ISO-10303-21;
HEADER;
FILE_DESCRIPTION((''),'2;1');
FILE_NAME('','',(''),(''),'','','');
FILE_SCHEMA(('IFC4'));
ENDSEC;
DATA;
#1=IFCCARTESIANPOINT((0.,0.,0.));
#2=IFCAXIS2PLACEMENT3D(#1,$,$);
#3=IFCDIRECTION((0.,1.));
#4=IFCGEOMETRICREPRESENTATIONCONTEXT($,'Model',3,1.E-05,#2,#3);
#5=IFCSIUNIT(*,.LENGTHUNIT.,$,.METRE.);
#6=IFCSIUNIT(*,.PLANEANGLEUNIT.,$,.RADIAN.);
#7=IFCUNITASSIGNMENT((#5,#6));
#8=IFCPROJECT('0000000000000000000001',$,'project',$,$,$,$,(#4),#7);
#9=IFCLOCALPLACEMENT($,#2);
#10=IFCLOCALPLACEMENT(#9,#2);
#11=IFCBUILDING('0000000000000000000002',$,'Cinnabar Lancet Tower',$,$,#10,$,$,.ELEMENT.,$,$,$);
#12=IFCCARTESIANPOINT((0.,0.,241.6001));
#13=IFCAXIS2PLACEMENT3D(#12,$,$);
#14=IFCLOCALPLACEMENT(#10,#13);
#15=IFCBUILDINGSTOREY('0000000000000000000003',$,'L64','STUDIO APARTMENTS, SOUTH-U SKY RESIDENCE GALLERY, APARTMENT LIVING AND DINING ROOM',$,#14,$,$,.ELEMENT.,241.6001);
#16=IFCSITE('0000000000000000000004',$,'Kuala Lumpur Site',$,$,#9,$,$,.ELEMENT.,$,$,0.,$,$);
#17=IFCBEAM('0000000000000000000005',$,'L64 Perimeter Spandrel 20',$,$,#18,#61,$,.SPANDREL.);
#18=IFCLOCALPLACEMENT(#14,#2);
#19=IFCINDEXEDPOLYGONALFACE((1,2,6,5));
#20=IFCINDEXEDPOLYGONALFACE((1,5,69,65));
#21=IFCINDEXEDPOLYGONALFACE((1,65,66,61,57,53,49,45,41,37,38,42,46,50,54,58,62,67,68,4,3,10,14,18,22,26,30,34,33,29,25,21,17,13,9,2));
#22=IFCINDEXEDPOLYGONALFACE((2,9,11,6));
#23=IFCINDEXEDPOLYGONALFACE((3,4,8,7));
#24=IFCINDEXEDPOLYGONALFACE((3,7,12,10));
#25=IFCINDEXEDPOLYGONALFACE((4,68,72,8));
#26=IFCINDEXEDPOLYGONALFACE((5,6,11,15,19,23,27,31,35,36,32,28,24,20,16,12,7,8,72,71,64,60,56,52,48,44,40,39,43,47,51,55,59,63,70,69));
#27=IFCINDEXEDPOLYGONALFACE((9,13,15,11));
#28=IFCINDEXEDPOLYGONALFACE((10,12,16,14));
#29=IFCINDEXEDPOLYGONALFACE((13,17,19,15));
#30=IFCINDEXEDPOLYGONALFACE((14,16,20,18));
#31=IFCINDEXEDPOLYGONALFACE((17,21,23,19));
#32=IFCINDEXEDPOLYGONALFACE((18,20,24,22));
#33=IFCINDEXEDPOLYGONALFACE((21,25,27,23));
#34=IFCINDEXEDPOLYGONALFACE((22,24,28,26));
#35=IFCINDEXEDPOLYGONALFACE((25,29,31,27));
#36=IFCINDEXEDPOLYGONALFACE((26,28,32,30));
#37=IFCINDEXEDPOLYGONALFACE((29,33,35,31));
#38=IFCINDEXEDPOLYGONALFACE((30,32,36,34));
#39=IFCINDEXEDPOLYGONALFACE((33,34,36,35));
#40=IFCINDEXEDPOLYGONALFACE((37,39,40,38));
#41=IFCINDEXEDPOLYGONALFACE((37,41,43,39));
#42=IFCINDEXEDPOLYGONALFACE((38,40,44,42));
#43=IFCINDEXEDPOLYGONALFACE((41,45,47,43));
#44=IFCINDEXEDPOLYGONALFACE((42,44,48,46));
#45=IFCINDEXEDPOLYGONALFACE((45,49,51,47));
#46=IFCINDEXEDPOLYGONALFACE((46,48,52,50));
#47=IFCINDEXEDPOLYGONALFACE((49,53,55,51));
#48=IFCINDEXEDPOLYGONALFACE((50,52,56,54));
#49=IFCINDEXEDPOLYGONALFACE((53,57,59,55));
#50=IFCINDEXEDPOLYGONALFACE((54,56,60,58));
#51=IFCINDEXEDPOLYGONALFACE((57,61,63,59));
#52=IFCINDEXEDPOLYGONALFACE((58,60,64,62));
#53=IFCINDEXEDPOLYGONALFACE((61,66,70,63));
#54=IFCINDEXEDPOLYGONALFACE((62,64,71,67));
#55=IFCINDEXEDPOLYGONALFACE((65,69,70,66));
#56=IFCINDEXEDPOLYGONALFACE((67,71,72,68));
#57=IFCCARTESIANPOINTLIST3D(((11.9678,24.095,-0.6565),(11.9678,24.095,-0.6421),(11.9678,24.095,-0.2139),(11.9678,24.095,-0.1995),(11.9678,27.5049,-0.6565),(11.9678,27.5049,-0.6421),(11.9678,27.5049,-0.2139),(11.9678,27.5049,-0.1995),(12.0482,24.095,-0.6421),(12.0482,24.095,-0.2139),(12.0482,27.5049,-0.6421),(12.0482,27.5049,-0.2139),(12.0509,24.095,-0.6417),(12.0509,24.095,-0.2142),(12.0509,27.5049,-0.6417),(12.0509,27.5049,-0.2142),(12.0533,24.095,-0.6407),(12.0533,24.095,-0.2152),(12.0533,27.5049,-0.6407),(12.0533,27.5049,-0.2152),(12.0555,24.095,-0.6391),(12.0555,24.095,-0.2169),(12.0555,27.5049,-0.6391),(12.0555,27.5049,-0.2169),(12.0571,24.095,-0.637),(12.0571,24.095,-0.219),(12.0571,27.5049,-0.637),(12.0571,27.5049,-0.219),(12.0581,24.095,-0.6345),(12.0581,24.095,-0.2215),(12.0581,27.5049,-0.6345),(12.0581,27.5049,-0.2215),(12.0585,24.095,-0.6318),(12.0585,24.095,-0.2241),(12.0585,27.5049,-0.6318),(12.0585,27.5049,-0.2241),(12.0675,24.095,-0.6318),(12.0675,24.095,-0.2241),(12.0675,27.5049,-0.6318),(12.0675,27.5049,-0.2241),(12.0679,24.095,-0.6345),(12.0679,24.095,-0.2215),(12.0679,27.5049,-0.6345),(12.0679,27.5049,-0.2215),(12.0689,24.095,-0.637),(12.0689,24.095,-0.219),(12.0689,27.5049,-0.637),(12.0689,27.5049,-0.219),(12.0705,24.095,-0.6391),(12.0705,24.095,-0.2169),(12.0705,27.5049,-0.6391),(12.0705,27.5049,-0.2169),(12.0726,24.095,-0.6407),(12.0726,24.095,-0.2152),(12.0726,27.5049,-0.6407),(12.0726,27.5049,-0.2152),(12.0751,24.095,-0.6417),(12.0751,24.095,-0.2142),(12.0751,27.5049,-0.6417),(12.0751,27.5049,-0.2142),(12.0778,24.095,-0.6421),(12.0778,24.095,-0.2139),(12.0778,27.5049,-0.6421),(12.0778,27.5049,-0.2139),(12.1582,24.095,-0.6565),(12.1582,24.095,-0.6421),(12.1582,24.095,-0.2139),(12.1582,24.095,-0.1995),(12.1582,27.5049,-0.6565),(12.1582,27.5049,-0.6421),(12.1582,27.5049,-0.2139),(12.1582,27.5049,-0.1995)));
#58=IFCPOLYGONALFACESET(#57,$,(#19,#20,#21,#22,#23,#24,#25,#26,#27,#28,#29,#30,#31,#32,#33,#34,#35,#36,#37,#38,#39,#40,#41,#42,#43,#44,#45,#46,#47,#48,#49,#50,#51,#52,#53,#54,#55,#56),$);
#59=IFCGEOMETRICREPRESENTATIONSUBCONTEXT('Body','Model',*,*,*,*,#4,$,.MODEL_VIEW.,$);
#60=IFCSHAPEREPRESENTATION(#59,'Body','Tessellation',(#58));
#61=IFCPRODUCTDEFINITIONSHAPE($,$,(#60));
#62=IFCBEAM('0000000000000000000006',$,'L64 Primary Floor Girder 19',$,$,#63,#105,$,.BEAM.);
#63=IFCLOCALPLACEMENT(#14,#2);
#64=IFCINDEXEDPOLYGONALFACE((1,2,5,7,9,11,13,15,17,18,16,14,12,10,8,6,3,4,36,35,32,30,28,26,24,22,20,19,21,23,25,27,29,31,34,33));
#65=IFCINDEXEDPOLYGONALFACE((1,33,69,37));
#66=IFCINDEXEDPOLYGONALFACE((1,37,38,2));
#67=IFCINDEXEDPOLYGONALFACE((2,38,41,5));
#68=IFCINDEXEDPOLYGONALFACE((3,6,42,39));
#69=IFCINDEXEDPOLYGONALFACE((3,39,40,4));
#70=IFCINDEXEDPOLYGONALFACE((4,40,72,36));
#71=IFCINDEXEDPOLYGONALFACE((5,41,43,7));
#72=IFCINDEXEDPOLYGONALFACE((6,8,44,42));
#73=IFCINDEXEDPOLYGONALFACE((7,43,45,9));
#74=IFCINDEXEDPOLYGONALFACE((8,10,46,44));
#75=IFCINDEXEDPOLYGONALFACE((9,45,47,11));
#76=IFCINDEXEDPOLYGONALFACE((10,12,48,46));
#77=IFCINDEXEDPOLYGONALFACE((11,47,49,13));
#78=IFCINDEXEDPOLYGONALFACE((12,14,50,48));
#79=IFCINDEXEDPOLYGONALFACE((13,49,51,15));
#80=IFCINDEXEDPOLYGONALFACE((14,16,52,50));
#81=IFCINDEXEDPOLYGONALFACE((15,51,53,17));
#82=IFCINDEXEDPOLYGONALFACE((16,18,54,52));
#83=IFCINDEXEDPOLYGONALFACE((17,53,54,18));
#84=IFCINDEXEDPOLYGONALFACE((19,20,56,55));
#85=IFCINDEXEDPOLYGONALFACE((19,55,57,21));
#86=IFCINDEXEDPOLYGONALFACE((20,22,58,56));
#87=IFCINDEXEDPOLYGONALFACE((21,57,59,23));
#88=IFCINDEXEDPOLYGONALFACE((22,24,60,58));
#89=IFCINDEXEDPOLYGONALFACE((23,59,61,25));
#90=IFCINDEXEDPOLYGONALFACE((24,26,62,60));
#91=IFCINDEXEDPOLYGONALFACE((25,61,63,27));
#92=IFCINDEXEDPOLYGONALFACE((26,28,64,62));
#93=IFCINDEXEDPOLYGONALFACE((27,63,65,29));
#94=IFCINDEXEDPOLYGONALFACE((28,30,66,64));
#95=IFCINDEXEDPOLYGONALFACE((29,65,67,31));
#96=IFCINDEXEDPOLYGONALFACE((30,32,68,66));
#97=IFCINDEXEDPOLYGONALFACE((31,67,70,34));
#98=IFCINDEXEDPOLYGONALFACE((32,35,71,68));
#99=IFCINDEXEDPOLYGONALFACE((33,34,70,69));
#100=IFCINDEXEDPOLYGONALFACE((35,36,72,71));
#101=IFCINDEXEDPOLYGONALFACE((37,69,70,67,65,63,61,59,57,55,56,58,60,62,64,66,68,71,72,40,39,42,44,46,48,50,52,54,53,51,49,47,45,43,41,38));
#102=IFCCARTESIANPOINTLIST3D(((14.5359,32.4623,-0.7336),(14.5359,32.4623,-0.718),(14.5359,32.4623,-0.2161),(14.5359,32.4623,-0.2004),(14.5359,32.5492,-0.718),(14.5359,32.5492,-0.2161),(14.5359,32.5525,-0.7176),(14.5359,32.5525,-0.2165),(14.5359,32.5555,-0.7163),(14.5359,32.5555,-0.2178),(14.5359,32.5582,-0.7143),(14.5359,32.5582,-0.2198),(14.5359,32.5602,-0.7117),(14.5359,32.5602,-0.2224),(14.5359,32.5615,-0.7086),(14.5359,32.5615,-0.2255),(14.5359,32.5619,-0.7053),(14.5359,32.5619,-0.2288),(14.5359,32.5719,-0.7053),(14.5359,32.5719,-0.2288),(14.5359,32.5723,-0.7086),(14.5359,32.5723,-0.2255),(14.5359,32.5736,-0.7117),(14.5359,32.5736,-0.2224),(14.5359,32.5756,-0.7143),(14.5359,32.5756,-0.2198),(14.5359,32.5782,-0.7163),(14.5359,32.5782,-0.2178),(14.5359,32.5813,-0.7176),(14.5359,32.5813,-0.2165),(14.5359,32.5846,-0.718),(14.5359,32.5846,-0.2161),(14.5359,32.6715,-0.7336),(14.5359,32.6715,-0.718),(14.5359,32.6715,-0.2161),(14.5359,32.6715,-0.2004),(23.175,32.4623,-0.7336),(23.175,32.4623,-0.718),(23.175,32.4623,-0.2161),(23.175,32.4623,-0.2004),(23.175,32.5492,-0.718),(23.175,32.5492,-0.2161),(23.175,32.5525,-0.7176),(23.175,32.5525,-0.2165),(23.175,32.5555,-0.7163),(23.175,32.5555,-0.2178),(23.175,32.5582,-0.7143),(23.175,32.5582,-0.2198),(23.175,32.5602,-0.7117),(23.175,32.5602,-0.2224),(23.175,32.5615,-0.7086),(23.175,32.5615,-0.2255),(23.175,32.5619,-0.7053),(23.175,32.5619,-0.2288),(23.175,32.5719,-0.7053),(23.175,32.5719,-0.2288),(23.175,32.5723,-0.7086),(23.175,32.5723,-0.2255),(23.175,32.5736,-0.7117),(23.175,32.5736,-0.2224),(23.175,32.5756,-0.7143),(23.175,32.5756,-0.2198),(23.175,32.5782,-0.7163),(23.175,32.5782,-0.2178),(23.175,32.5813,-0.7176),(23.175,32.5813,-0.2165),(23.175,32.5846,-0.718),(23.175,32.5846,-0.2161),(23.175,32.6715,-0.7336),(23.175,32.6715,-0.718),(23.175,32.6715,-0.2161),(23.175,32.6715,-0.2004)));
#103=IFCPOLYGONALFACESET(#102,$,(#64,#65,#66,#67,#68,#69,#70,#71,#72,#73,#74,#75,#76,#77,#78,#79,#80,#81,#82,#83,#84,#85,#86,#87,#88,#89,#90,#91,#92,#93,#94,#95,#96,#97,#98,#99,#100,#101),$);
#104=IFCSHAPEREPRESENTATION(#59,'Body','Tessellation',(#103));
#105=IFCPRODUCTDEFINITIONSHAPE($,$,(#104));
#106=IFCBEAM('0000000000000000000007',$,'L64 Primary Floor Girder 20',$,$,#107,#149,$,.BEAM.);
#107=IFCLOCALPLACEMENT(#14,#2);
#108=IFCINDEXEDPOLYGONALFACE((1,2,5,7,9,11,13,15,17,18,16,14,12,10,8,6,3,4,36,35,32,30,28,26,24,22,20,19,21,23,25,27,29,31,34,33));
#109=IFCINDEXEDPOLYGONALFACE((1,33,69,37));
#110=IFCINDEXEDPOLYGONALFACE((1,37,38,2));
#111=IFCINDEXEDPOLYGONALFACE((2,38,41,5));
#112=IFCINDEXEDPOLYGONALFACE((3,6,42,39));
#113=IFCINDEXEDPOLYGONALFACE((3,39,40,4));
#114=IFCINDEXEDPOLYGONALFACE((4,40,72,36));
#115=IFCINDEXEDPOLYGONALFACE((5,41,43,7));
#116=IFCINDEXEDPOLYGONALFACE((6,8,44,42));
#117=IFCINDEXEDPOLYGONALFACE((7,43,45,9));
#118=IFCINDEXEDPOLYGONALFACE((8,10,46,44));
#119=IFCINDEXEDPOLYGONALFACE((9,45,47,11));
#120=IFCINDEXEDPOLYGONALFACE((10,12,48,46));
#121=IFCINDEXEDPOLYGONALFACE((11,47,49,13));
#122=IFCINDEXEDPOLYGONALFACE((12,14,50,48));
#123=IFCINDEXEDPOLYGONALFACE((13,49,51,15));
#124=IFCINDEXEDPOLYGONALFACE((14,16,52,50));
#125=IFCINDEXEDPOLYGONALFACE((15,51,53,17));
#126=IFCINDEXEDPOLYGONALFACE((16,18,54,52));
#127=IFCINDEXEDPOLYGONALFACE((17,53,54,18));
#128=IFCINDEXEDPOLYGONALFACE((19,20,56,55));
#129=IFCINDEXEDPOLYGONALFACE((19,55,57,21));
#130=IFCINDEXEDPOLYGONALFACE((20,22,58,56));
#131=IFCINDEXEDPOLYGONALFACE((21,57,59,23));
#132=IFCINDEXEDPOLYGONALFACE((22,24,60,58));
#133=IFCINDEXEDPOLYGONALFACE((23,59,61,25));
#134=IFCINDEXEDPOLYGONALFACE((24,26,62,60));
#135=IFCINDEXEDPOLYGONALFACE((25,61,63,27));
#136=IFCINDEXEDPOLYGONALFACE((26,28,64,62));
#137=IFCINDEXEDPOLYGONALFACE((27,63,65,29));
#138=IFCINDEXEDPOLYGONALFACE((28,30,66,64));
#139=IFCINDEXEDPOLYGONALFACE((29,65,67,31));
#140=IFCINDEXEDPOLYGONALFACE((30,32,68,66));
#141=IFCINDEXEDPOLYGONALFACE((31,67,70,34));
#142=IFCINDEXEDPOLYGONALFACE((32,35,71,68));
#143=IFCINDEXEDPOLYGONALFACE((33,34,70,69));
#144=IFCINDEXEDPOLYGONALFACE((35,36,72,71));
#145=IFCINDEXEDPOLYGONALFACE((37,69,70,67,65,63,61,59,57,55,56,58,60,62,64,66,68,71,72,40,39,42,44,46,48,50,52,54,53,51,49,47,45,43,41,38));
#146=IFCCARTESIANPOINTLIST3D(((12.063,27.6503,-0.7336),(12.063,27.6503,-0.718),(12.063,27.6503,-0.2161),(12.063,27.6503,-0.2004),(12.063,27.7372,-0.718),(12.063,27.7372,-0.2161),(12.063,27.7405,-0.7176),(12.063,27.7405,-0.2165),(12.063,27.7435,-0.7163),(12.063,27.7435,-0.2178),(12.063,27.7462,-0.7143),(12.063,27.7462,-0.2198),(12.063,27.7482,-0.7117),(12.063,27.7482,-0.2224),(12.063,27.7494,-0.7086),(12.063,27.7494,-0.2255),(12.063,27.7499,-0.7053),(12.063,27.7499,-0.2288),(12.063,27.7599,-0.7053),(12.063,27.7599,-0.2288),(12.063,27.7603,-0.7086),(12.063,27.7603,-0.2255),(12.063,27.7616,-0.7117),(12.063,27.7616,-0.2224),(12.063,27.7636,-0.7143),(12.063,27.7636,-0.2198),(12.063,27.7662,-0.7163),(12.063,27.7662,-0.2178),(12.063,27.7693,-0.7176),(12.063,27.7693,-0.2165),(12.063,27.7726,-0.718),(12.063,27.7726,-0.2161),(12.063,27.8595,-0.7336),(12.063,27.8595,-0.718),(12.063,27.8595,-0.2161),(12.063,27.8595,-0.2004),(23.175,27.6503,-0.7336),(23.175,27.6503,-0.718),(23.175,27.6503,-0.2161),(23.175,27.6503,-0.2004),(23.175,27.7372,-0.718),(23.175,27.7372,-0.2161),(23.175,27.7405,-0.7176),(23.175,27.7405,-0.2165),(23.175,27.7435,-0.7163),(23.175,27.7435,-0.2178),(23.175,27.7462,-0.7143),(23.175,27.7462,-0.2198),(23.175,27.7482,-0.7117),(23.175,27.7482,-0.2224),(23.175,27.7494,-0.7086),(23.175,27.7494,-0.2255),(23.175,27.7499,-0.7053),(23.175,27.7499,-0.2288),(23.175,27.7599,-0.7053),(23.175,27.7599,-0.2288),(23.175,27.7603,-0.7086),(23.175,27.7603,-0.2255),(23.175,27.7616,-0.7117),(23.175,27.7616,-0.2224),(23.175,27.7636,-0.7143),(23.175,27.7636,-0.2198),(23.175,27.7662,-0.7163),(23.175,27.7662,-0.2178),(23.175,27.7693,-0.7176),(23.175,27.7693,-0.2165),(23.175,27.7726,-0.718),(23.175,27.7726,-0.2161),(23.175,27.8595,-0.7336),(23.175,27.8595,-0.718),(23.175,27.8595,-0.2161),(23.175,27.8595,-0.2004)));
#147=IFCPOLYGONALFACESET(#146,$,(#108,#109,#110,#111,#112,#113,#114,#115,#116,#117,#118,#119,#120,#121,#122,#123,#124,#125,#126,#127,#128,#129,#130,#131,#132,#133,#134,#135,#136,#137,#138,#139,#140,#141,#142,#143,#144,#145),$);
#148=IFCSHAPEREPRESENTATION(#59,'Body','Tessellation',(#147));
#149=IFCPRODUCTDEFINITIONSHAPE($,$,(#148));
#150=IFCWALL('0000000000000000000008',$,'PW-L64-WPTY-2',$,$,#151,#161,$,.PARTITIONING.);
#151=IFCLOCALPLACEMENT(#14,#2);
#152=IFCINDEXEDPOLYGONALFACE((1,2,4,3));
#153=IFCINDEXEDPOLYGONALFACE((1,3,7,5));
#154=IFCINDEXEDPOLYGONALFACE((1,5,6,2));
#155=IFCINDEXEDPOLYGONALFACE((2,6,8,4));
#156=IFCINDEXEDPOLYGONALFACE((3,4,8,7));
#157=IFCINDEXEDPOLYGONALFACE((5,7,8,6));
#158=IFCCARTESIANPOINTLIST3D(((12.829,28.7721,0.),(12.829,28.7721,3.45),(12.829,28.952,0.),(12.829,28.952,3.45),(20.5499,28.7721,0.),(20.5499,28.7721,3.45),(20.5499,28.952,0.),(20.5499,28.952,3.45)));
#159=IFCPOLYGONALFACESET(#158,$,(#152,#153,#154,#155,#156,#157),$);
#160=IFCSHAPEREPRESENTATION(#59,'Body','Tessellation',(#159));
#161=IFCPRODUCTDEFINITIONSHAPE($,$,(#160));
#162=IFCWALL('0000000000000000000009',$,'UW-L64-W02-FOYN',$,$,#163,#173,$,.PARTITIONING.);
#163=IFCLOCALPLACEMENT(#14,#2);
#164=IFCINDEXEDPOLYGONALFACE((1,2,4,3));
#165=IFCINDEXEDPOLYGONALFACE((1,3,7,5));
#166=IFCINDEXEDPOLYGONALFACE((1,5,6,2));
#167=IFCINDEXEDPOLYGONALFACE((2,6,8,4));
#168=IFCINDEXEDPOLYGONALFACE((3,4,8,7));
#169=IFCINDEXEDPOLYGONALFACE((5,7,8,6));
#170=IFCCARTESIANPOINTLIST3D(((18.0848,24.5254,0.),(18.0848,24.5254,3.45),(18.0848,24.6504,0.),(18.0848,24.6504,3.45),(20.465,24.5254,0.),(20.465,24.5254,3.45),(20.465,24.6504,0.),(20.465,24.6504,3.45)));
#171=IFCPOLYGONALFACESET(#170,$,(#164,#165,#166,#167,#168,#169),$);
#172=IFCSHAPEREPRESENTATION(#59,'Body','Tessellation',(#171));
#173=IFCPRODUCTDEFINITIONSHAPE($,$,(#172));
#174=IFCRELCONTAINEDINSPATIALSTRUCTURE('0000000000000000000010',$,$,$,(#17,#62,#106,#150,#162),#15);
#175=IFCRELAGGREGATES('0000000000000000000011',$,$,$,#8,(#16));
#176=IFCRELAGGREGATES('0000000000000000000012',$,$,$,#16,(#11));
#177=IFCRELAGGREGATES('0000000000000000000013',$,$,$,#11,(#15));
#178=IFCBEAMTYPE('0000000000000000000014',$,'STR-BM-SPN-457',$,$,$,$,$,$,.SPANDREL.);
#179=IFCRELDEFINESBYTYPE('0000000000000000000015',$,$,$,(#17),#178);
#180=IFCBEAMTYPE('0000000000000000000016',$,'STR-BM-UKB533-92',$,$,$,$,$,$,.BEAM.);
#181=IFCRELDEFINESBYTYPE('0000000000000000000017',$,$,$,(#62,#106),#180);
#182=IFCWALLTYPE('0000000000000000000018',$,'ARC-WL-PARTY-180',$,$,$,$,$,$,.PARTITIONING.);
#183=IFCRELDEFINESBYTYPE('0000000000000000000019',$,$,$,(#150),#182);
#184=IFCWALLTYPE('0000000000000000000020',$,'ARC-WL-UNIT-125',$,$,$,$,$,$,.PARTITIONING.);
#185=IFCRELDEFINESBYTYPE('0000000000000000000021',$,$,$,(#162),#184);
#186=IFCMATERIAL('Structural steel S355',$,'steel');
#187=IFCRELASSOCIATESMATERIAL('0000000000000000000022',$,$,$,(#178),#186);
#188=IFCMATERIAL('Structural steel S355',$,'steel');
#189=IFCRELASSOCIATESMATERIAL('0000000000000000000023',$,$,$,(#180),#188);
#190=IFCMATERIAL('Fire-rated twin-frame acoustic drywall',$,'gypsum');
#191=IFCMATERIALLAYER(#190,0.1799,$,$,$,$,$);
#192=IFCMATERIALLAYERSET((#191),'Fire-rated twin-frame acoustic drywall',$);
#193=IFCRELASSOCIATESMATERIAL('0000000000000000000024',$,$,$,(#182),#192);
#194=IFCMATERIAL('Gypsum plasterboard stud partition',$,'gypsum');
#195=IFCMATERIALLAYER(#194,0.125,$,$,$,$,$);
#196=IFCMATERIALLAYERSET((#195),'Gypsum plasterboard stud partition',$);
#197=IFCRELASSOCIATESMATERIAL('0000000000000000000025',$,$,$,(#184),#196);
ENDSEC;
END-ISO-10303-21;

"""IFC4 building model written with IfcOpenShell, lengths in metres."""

from ifc_helpers import new_model, si_unit, direction, frame, frame_2d, origin, origin_2d, place, context, subcontext, project, spatial, rectangle, i_section, extrude, material, layer, layer_set, material_profile, profile_set, type_object, element, save


model = new_model("IFC4")

# Units and contexts
model_context = context("Model", 3, precision=1e-05, world=origin(), true_north=direction((0.0, 1.0)))
body_context = subcontext(model_context, "Body", "Model", "MODEL_VIEW")
ifc_project = project(units=[si_unit("LENGTHUNIT", "METRE"), si_unit("PLANEANGLEUNIT", "RADIAN")], contexts=[model_context])

# Site, building, storey
site_placement = place(None, origin())
site = spatial("IfcSite", under=ifc_project, at=site_placement, Name="Kuala Lumpur Site", CompositionType="ELEMENT", RefElevation=0.0)
building_placement = place(site_placement, origin())
building = spatial("IfcBuilding", under=site, at=building_placement, Name="Cinnabar Lancet Tower", CompositionType="ELEMENT")
storey_placement = place(building_placement, frame((0.0, 0.0, 241.6001)))
storey = spatial("IfcBuildingStorey", under=building, at=storey_placement, Name="L64", Description="STUDIO APARTMENTS, SOUTH-U SKY RESIDENCE GALLERY, APARTMENT LIVING AND DINING ROOM", CompositionType="ELEMENT", Elevation=241.6001)

# Beams
ifc_material_1 = material(Name="Structural steel S355", Category="steel")
ifc_material_profile_1 = material_profile(ifc_material_1, i_section(OverallWidth=0.1904, OverallDepth=0.457, WebThickness=0.009, FlangeThickness=0.0144, FilletRadius=0.0103, at=origin_2d()), Name="UKB 457x191x74")
ifc_profile_set_1 = profile_set([ifc_material_profile_1], Name="Structural steel S355")
beam_type_1 = type_object("IfcBeamType", Name="STR-BM-SPN-457", PredefinedType="SPANDREL", material=ifc_profile_set_1)
beam_1_placement = place(storey_placement, frame((12.063, 27.5049, -0.428), z_axis=(0.0, -1.0, 0.0), x_axis=(1.0, 0.0, 0.0)))
element("IfcBeam", 1, at=beam_1_placement, inside=storey, type_object=beam_type_1, Name="L64 Perimeter Spandrel 20", PredefinedType="SPANDREL", context=body_context, shape_type="SweptSolid", body=[
    extrude(i_section(OverallWidth=0.1904, OverallDepth=0.457, WebThickness=0.009, FlangeThickness=0.0144, FilletRadius=0.0103, at=origin_2d()), origin(), (0.0, 0.0, 1.0), 3.4099),
])
ifc_material_2 = material(Name="Structural steel S355", Category="steel")
ifc_material_profile_2 = material_profile(ifc_material_2, i_section(OverallWidth=0.2092, OverallDepth=0.5332, WebThickness=0.01, FlangeThickness=0.0156, FilletRadius=0.0127, at=origin_2d()), Name="UKB 533x210x92")
ifc_profile_set_2 = profile_set([ifc_material_profile_2], Name="Structural steel S355")
beam_type_2 = type_object("IfcBeamType", Name="STR-BM-UKB533-92", PredefinedType="BEAM", material=ifc_profile_set_2)
beam_2_placement = place(storey_placement, frame((14.5359, 32.5669, -0.467), z_axis=(1.0, 0.0, 0.0), x_axis=(0.0, 1.0, 0.0)))
element("IfcBeam", 2, at=beam_2_placement, inside=storey, type_object=beam_type_2, Name="L64 Primary Floor Girder 19", PredefinedType="BEAM", context=body_context, shape_type="SweptSolid", body=[
    extrude(i_section(OverallWidth=0.2092, OverallDepth=0.5332, WebThickness=0.01, FlangeThickness=0.0156, FilletRadius=0.0127, at=origin_2d()), origin(), (0.0, 0.0, 1.0), 8.6392),
])
beam_3_placement = place(storey_placement, frame((12.063, 27.7549, -0.467), z_axis=(1.0, 0.0, 0.0), x_axis=(0.0, 1.0, 0.0)))
element("IfcBeam", 3, at=beam_3_placement, inside=storey, type_object=beam_type_2, Name="L64 Primary Floor Girder 20", PredefinedType="BEAM", context=body_context, shape_type="SweptSolid", body=[
    extrude(i_section(OverallWidth=0.2092, OverallDepth=0.5332, WebThickness=0.01, FlangeThickness=0.0156, FilletRadius=0.0127, at=origin_2d()), origin(), (0.0, 0.0, 1.0), 11.1121),
])

# Walls
ifc_material_3 = material(Name="Fire-rated twin-frame acoustic drywall", Category="gypsum")
ifc_layer_1 = layer(ifc_material_3, 0.1799)
ifc_layer_set_1 = layer_set([ifc_layer_1], Name="Fire-rated twin-frame acoustic drywall")
wall_type_1 = type_object("IfcWallType", Name="ARC-WL-PARTY-180", PredefinedType="PARTITIONING", material=ifc_layer_set_1)
wall_1_placement = place(storey_placement, frame((12.8291, 28.8621, 0.0), z_axis=(0.0, 0.0, 1.0), x_axis=(1.0, 0.0, 0.0)))
element("IfcWall", 4, at=wall_1_placement, inside=storey, type_object=wall_type_1, Name="PW-L64-WPTY-2", PredefinedType="PARTITIONING", context=body_context, shape_type="SweptSolid", body=[
    extrude(rectangle(XDim=7.7209, YDim=0.1799, at=frame_2d((3.8604, 0.0))), origin(), (0.0, 0.0, 1.0), 3.45),
])
ifc_material_4 = material(Name="Gypsum plasterboard stud partition", Category="gypsum")
ifc_layer_2 = layer(ifc_material_4, 0.125)
ifc_layer_set_2 = layer_set([ifc_layer_2], Name="Gypsum plasterboard stud partition")
wall_type_2 = type_object("IfcWallType", Name="ARC-WL-UNIT-125", PredefinedType="PARTITIONING", material=ifc_layer_set_2)
wall_2_placement = place(storey_placement, frame((18.085, 24.5879, 0.0), z_axis=(0.0, 0.0, 1.0), x_axis=(1.0, 0.0, 0.0)))
element("IfcWall", 5, at=wall_2_placement, inside=storey, type_object=wall_type_2, Name="UW-L64-W02-FOYN", PredefinedType="PARTITIONING", context=body_context, shape_type="SweptSolid", body=[
    extrude(rectangle(XDim=2.3801, YDim=0.125, at=frame_2d((1.1899, 0.0))), origin(), (0.0, 0.0, 1.0), 3.45),
])

save(model, "model.ifc")
